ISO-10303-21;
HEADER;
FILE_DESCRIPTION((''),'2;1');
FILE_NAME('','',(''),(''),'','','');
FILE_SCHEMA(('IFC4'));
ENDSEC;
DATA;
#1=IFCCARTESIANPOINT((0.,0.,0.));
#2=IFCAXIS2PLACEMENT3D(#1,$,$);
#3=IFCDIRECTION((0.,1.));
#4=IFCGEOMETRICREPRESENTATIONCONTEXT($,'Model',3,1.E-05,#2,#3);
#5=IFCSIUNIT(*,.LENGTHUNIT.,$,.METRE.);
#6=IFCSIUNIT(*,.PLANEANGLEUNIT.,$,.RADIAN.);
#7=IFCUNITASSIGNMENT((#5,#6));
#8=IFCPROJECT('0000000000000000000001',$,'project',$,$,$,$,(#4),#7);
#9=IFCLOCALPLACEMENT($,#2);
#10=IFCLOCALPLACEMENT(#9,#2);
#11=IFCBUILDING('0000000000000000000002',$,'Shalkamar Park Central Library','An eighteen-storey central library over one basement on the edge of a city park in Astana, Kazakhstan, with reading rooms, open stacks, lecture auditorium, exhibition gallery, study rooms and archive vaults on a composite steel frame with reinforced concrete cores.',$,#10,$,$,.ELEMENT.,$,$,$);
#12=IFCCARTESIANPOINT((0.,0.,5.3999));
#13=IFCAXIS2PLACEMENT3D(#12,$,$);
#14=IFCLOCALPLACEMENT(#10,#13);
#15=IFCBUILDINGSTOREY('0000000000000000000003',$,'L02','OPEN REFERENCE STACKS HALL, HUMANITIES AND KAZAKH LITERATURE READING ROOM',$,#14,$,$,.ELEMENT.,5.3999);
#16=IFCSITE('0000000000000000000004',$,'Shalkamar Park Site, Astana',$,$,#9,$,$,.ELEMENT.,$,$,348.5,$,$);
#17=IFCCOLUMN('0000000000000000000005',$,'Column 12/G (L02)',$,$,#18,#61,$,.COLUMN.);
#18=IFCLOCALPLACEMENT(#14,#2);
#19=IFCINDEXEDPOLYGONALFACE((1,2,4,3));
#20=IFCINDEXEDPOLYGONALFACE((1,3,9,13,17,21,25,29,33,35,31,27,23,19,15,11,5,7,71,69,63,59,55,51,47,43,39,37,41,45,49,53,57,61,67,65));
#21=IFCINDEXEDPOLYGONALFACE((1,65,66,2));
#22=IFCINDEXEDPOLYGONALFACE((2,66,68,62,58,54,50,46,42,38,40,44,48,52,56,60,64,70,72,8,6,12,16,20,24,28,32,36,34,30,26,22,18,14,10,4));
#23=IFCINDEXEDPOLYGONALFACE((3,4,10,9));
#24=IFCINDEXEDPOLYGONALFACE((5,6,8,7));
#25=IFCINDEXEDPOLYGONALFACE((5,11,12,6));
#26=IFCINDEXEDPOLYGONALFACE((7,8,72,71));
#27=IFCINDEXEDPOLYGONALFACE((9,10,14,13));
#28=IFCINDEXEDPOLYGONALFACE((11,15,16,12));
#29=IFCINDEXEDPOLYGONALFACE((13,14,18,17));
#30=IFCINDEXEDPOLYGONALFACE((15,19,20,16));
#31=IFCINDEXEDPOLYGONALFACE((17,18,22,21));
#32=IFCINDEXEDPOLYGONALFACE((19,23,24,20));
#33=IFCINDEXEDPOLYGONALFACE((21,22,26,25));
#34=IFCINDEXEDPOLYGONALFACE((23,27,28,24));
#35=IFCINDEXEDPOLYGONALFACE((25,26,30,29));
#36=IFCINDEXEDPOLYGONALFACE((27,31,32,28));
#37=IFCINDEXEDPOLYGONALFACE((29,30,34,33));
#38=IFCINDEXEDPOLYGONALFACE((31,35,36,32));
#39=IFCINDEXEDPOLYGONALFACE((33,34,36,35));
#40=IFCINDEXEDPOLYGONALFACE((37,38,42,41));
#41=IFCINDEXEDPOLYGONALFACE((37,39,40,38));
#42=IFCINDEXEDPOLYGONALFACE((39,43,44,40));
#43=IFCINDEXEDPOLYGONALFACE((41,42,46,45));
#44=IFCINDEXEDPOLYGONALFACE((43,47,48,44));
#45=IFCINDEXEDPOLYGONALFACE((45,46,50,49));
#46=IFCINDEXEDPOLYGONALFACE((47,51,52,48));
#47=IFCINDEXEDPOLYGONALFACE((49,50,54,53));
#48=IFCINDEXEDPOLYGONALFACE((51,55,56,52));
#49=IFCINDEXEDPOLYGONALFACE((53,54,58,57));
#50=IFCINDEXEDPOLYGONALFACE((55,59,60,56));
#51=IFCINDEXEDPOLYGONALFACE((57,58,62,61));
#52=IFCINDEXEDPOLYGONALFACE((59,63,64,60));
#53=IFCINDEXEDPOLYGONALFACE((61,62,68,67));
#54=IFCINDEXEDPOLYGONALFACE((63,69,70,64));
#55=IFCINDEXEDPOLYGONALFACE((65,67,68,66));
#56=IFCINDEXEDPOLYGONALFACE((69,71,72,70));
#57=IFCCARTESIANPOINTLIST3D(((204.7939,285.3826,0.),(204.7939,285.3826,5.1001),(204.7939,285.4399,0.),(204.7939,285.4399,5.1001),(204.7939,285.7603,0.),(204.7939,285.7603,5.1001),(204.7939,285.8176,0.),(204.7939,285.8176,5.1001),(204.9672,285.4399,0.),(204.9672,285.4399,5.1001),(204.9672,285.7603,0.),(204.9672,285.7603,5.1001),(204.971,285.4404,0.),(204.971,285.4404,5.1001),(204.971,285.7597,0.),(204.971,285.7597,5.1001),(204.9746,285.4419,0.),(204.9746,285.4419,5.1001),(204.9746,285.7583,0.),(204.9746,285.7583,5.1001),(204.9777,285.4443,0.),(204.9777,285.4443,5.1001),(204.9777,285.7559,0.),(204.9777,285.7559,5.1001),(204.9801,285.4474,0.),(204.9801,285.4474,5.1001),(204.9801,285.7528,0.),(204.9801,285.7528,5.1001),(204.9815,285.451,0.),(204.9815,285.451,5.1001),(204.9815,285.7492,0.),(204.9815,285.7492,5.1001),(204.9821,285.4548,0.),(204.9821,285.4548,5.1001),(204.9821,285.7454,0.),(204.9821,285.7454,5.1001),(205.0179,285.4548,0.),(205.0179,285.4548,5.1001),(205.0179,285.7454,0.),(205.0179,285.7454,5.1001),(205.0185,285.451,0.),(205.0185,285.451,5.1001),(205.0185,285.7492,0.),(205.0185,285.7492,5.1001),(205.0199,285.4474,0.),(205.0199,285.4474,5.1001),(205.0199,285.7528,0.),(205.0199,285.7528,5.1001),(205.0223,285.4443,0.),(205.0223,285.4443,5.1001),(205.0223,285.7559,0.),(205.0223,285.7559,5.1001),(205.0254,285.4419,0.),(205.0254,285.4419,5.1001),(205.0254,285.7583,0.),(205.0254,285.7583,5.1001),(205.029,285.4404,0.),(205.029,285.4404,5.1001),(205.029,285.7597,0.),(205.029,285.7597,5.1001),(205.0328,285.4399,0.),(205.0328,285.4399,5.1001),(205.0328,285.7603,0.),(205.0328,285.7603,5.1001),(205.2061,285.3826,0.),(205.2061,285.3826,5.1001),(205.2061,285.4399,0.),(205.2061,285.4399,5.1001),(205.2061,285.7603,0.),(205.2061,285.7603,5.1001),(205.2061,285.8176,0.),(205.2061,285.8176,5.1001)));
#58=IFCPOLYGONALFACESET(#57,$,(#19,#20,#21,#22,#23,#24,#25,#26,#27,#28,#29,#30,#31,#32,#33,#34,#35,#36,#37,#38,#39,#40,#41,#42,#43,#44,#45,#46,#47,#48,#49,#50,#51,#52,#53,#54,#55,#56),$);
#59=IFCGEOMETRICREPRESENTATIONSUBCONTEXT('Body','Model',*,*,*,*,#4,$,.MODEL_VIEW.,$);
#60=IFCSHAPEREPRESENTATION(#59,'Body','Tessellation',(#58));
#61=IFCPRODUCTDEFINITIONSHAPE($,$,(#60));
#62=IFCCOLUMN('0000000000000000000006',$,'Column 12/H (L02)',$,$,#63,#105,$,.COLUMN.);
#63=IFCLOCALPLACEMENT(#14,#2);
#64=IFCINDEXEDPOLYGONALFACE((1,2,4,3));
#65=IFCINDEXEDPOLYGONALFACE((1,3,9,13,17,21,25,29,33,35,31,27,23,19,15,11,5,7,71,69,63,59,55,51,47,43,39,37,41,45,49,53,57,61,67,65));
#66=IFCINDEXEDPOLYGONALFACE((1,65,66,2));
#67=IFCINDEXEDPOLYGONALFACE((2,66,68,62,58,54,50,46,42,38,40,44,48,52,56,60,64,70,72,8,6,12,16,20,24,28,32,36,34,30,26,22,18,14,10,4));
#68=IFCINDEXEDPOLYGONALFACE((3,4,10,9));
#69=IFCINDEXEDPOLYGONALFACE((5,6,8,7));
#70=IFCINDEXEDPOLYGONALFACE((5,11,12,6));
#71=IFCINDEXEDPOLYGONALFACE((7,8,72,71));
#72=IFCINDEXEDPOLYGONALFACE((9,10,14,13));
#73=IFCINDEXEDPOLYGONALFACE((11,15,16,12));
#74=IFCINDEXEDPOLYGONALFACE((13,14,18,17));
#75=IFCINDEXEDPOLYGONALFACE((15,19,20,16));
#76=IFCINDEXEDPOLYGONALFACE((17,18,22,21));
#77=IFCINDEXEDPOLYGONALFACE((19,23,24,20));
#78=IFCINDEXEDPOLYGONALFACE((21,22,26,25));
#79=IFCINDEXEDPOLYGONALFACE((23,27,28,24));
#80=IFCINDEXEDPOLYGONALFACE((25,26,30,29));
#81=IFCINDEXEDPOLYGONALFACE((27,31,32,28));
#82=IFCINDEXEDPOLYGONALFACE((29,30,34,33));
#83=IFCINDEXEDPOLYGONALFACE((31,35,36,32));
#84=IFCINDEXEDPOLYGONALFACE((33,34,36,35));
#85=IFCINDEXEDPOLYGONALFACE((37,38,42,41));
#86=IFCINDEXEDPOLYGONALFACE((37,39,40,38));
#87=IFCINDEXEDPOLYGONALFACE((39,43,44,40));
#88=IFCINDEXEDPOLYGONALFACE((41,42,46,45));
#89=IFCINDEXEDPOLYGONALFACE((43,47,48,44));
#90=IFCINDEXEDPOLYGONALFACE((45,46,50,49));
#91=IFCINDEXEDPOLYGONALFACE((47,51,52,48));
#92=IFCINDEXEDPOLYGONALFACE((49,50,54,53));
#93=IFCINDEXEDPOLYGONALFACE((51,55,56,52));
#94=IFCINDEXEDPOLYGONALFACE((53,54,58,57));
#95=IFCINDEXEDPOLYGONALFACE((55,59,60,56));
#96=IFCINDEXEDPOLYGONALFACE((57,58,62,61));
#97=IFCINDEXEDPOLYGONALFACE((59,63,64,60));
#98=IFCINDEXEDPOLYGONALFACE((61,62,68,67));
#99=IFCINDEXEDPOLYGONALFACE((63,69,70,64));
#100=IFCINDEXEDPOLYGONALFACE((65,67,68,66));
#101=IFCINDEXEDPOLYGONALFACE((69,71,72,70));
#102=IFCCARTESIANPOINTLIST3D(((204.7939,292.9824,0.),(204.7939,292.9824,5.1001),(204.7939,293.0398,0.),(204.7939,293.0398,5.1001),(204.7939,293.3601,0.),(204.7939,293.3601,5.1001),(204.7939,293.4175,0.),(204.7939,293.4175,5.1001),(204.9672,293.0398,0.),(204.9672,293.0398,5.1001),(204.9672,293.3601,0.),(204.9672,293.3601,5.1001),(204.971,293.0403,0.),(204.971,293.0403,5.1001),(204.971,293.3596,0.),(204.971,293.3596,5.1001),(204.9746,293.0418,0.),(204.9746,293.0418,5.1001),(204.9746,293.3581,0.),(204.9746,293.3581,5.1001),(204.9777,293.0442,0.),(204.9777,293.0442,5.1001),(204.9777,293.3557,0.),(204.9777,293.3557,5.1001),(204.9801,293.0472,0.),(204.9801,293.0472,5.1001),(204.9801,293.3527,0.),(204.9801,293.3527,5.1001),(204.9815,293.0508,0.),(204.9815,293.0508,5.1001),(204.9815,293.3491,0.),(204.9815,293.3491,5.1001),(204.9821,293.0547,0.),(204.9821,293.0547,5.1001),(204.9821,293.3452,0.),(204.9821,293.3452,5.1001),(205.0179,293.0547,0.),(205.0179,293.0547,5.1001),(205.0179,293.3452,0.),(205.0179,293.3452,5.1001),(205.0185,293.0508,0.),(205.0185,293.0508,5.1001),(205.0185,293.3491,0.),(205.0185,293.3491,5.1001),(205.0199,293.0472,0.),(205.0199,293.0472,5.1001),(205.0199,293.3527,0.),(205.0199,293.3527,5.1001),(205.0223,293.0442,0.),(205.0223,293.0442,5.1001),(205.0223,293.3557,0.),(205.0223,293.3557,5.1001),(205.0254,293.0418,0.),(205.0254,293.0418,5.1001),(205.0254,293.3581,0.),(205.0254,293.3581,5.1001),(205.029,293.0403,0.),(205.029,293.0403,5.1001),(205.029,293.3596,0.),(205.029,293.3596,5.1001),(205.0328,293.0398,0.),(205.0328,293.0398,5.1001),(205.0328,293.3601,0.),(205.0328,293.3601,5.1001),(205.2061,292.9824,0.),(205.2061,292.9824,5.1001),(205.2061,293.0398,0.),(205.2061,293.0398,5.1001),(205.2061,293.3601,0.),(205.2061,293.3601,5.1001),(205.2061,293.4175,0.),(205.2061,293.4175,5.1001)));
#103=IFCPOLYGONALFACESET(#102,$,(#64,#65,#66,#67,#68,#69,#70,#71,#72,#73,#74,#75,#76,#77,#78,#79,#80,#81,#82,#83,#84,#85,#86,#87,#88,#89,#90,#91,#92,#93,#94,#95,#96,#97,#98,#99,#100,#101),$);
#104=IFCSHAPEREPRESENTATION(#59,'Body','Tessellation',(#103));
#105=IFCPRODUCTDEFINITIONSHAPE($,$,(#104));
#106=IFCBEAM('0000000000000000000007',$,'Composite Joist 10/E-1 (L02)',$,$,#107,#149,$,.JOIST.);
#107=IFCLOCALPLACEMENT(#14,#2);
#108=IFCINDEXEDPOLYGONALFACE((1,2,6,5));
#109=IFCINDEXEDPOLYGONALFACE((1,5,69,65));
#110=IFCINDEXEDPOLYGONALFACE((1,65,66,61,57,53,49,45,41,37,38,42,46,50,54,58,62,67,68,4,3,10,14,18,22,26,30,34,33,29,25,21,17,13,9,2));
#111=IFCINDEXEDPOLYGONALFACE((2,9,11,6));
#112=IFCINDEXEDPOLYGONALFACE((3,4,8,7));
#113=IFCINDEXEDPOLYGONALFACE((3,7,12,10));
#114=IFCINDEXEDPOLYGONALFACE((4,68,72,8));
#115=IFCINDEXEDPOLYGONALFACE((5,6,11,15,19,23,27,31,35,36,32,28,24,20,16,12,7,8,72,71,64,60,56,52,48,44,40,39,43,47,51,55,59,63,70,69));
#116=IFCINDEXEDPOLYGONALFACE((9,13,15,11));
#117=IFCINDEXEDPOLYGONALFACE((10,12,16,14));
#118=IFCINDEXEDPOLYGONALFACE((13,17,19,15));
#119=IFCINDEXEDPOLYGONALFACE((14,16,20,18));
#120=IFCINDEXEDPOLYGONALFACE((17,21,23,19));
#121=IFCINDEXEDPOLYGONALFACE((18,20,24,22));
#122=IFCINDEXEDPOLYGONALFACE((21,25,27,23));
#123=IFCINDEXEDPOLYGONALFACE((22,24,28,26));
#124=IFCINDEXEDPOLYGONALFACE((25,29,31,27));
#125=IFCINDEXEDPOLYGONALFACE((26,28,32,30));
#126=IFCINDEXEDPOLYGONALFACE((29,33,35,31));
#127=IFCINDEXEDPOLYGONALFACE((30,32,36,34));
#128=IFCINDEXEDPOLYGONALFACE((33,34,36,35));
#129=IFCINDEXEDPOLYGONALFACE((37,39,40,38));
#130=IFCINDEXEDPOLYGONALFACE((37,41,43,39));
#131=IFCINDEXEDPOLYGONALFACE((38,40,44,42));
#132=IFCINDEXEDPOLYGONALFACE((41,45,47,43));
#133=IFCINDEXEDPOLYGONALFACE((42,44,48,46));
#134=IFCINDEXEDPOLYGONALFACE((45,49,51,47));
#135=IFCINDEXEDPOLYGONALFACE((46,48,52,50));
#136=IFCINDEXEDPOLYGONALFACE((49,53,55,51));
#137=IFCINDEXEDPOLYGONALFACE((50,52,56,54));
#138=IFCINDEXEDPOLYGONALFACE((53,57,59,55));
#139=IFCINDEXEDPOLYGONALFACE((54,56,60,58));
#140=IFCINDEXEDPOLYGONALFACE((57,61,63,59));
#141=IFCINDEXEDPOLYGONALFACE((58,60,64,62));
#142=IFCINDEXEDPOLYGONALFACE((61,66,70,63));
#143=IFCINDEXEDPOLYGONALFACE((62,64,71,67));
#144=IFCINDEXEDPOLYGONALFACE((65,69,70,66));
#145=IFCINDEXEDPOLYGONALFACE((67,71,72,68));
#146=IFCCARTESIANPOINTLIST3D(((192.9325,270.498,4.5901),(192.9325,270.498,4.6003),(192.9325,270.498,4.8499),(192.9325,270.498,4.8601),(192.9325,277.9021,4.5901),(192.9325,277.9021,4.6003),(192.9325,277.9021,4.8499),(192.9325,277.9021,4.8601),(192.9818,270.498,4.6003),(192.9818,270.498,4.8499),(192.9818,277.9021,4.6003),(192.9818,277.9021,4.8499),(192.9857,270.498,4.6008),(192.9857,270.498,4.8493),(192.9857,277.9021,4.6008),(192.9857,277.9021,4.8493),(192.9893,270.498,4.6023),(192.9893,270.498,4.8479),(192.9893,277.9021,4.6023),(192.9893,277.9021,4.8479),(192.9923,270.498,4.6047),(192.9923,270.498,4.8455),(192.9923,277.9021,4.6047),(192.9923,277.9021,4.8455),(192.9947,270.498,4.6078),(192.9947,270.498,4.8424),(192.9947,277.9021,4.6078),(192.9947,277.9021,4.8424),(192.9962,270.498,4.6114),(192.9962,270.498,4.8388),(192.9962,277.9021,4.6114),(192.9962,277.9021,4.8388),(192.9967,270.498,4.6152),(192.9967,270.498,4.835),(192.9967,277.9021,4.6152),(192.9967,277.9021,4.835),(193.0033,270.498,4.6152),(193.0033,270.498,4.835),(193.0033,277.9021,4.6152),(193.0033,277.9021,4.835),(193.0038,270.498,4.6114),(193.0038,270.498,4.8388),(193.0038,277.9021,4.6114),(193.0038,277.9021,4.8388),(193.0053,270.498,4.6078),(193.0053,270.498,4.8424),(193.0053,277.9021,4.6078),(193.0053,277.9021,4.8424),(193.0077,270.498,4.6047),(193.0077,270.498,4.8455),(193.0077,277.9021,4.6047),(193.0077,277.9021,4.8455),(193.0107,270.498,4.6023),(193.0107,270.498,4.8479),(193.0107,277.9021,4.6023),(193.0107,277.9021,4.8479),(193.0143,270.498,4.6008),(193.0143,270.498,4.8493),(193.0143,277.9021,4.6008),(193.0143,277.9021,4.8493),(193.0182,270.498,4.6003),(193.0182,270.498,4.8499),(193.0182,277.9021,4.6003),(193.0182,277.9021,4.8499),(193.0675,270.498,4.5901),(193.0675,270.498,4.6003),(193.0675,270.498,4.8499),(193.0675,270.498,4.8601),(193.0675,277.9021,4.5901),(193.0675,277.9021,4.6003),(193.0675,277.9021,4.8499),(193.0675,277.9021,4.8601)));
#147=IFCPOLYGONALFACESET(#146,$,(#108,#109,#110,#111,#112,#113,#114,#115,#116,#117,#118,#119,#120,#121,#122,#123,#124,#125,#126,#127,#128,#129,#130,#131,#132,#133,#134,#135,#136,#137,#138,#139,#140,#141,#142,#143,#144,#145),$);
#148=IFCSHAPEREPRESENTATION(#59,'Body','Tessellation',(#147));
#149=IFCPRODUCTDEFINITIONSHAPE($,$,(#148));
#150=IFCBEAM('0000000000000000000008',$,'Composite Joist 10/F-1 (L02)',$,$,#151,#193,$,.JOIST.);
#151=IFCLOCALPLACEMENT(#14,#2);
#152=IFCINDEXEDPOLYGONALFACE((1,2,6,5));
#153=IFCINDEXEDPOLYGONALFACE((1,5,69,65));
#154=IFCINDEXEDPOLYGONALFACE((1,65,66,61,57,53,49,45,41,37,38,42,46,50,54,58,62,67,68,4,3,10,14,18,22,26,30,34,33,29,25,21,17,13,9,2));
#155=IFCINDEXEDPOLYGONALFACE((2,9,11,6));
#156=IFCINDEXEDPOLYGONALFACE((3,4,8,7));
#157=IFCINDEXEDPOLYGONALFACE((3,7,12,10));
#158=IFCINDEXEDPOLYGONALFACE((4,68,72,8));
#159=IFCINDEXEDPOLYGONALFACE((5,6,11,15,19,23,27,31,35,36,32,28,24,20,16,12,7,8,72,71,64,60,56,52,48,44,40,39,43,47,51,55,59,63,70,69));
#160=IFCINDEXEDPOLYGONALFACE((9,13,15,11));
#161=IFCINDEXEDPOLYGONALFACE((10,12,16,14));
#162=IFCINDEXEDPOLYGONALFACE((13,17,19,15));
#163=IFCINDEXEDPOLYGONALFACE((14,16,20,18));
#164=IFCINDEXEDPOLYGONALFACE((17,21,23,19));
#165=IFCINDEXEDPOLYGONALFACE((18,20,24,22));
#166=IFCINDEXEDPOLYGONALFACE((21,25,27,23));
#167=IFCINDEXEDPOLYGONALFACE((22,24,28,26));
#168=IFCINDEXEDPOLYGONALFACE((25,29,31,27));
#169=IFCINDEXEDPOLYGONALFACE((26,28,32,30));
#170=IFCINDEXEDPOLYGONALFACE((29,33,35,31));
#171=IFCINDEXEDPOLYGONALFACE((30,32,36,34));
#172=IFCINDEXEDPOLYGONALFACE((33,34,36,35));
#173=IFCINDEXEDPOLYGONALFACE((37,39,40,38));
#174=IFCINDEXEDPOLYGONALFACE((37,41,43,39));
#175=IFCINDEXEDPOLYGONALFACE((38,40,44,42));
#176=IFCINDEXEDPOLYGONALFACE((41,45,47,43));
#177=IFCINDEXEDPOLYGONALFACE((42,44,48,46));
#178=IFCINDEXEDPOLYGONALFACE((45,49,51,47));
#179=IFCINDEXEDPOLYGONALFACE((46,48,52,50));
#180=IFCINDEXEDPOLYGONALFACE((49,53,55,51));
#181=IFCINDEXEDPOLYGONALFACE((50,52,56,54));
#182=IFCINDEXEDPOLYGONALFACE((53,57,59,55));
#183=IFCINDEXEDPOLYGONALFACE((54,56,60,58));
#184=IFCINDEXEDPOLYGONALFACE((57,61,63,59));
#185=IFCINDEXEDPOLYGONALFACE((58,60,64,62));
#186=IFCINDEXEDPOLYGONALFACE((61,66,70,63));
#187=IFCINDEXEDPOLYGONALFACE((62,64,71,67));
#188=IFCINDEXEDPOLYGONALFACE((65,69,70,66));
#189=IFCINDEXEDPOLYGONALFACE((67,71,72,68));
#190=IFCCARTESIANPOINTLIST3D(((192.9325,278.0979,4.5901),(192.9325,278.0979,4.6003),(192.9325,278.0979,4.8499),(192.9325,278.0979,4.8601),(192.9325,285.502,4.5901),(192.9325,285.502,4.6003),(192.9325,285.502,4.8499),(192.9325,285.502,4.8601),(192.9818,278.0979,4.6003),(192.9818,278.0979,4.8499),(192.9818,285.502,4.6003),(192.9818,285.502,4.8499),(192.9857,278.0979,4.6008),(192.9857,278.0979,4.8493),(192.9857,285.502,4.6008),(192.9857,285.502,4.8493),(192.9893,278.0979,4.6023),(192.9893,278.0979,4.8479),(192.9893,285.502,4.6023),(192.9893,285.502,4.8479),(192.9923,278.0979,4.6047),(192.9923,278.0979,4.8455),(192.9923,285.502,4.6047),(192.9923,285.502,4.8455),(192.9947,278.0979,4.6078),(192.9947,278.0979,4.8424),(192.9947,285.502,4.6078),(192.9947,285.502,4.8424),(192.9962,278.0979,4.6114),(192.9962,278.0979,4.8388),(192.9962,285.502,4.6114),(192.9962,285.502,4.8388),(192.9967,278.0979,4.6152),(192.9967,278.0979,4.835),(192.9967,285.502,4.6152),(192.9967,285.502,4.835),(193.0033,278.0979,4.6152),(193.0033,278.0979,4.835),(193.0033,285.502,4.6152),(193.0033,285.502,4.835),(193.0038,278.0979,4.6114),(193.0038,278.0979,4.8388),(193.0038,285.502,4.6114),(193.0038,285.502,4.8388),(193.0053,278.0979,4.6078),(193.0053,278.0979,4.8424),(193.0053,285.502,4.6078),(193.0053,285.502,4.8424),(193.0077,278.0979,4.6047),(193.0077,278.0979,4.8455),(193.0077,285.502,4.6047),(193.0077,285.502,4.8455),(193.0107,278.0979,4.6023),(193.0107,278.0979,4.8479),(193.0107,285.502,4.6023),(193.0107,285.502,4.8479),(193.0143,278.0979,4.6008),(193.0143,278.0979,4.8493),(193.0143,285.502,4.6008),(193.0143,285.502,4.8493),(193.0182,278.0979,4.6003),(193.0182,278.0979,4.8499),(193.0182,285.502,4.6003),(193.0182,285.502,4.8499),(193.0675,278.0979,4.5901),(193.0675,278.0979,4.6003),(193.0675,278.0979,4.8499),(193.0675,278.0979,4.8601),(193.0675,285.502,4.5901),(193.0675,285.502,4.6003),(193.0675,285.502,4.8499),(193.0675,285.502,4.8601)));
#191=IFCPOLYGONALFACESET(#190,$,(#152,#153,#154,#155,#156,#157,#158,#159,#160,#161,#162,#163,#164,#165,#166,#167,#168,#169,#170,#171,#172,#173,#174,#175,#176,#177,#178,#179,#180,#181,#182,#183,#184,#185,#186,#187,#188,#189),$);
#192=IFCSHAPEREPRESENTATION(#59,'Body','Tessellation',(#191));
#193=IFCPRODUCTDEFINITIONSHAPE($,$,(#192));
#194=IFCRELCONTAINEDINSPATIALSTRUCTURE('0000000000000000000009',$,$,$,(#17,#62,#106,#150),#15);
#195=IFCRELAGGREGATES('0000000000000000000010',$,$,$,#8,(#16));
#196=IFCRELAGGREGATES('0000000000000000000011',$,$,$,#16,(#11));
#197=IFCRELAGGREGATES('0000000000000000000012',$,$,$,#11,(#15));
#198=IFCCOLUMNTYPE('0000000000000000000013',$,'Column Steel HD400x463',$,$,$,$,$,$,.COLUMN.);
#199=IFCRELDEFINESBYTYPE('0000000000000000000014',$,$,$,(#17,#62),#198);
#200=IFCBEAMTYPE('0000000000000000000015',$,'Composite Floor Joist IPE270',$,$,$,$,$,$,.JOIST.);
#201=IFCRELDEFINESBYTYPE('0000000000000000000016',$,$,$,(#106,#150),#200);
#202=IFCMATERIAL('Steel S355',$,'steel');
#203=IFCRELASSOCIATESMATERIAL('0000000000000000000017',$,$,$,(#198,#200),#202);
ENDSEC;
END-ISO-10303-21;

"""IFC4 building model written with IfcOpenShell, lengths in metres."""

from ifc_helpers import new_model, si_unit, direction, frame, origin, origin_2d, place, context, subcontext, project, spatial, i_section, extrude, material, material_profile, profile_set, type_object, element, save


model = new_model("IFC4")

# Units and contexts
model_context = context("Model", 3, precision=1e-05, world=origin(), true_north=direction((0.0, 1.0)))
body_context = subcontext(model_context, "Body", "Model", "MODEL_VIEW")
ifc_project = project(units=[si_unit("LENGTHUNIT", "METRE"), si_unit("PLANEANGLEUNIT", "RADIAN")], contexts=[model_context])

# Site, building, storey
site_placement = place(None, origin())
site = spatial("IfcSite", under=ifc_project, at=site_placement, Name="Shalkamar Park Site, Astana", CompositionType="ELEMENT", RefElevation=348.5)
building_placement = place(site_placement, origin())
building = spatial("IfcBuilding", under=site, at=building_placement, Name="Shalkamar Park Central Library", Description="An eighteen-storey central library over one basement on the edge of a city park in Astana, Kazakhstan, with reading rooms, open stacks, lecture auditorium, exhibition gallery, study rooms and archive vaults on a composite steel frame with reinforced concrete cores.", CompositionType="ELEMENT")
storey_placement = place(building_placement, frame((0.0, 0.0, 5.3999)))
storey = spatial("IfcBuildingStorey", under=building, at=storey_placement, Name="L02", Description="OPEN REFERENCE STACKS HALL, HUMANITIES AND KAZAKH LITERATURE READING ROOM", CompositionType="ELEMENT", Elevation=5.3999)

# Columns
ifc_material = material(Name="Steel S355", Category="steel")
ifc_material_profile_1 = material_profile(ifc_material, i_section(OverallWidth=0.4121, OverallDepth=0.4351, WebThickness=0.0359, FlangeThickness=0.0574, FilletRadius=0.0149, at=origin_2d()), Name="HD 400x463")
ifc_profile_set_1 = profile_set([ifc_material_profile_1], Name="Steel S355")
column_type = type_object("IfcColumnType", Name="Column Steel HD400x463", PredefinedType="COLUMN", material=ifc_profile_set_1)
for number, where, z_axis, x_axis, name in (
    (1, (205.0, 285.6001, 0.0), (0.0, 0.0, 1.0), (1.0, 0.0, 0.0), "Column 12/G (L02)"),
    (2, (205.0, 293.2, 0.0), (0.0, 0.0, 1.0), (1.0, 0.0, 0.0), "Column 12/H (L02)"),
):
    element("IfcColumn", number, at=place(storey_placement, frame(where, z_axis=z_axis, x_axis=x_axis)), inside=storey, type_object=column_type, Name=name, PredefinedType="COLUMN", context=body_context, shape_type="SweptSolid", body=[
        extrude(i_section(OverallWidth=0.4121, OverallDepth=0.4351, WebThickness=0.0359, FlangeThickness=0.0574, FilletRadius=0.0149, at=origin_2d()), origin(), (0.0, 0.0, 1.0), 5.1001),
    ])

# Beams
ifc_material_profile_2 = material_profile(ifc_material, i_section(OverallWidth=0.135, OverallDepth=0.27, WebThickness=0.0066, FlangeThickness=0.0103, FilletRadius=0.0149, at=origin_2d()), Name="IPE 270")
ifc_profile_set_2 = profile_set([ifc_material_profile_2], Name="Steel S355")
beam_type_1 = type_object("IfcBeamType", Name="Composite Floor Joist IPE270", PredefinedType="JOIST", material=ifc_profile_set_2)
for number, where, z_axis, x_axis, name in (
    (3, (193.0, 270.498, 4.7251), (0.0, 1.0, 0.0), (-1.0, 0.0, 0.0), "Composite Joist 10/E-1 (L02)"),
    (4, (193.0, 278.0979, 4.7251), (0.0, 1.0, 0.0), (-1.0, 0.0, 0.0), "Composite Joist 10/F-1 (L02)"),
):
    element("IfcBeam", number, at=place(storey_placement, frame(where, z_axis=z_axis, x_axis=x_axis)), inside=storey, type_object=beam_type_1, Name=name, PredefinedType="JOIST", context=body_context, shape_type="SweptSolid", body=[
        extrude(i_section(OverallWidth=0.135, OverallDepth=0.27, WebThickness=0.0066, FlangeThickness=0.0103, FilletRadius=0.0149, at=origin_2d()), origin(), (0.0, 0.0, 1.0), 7.4041),
    ])

save(model, "model.ifc")
